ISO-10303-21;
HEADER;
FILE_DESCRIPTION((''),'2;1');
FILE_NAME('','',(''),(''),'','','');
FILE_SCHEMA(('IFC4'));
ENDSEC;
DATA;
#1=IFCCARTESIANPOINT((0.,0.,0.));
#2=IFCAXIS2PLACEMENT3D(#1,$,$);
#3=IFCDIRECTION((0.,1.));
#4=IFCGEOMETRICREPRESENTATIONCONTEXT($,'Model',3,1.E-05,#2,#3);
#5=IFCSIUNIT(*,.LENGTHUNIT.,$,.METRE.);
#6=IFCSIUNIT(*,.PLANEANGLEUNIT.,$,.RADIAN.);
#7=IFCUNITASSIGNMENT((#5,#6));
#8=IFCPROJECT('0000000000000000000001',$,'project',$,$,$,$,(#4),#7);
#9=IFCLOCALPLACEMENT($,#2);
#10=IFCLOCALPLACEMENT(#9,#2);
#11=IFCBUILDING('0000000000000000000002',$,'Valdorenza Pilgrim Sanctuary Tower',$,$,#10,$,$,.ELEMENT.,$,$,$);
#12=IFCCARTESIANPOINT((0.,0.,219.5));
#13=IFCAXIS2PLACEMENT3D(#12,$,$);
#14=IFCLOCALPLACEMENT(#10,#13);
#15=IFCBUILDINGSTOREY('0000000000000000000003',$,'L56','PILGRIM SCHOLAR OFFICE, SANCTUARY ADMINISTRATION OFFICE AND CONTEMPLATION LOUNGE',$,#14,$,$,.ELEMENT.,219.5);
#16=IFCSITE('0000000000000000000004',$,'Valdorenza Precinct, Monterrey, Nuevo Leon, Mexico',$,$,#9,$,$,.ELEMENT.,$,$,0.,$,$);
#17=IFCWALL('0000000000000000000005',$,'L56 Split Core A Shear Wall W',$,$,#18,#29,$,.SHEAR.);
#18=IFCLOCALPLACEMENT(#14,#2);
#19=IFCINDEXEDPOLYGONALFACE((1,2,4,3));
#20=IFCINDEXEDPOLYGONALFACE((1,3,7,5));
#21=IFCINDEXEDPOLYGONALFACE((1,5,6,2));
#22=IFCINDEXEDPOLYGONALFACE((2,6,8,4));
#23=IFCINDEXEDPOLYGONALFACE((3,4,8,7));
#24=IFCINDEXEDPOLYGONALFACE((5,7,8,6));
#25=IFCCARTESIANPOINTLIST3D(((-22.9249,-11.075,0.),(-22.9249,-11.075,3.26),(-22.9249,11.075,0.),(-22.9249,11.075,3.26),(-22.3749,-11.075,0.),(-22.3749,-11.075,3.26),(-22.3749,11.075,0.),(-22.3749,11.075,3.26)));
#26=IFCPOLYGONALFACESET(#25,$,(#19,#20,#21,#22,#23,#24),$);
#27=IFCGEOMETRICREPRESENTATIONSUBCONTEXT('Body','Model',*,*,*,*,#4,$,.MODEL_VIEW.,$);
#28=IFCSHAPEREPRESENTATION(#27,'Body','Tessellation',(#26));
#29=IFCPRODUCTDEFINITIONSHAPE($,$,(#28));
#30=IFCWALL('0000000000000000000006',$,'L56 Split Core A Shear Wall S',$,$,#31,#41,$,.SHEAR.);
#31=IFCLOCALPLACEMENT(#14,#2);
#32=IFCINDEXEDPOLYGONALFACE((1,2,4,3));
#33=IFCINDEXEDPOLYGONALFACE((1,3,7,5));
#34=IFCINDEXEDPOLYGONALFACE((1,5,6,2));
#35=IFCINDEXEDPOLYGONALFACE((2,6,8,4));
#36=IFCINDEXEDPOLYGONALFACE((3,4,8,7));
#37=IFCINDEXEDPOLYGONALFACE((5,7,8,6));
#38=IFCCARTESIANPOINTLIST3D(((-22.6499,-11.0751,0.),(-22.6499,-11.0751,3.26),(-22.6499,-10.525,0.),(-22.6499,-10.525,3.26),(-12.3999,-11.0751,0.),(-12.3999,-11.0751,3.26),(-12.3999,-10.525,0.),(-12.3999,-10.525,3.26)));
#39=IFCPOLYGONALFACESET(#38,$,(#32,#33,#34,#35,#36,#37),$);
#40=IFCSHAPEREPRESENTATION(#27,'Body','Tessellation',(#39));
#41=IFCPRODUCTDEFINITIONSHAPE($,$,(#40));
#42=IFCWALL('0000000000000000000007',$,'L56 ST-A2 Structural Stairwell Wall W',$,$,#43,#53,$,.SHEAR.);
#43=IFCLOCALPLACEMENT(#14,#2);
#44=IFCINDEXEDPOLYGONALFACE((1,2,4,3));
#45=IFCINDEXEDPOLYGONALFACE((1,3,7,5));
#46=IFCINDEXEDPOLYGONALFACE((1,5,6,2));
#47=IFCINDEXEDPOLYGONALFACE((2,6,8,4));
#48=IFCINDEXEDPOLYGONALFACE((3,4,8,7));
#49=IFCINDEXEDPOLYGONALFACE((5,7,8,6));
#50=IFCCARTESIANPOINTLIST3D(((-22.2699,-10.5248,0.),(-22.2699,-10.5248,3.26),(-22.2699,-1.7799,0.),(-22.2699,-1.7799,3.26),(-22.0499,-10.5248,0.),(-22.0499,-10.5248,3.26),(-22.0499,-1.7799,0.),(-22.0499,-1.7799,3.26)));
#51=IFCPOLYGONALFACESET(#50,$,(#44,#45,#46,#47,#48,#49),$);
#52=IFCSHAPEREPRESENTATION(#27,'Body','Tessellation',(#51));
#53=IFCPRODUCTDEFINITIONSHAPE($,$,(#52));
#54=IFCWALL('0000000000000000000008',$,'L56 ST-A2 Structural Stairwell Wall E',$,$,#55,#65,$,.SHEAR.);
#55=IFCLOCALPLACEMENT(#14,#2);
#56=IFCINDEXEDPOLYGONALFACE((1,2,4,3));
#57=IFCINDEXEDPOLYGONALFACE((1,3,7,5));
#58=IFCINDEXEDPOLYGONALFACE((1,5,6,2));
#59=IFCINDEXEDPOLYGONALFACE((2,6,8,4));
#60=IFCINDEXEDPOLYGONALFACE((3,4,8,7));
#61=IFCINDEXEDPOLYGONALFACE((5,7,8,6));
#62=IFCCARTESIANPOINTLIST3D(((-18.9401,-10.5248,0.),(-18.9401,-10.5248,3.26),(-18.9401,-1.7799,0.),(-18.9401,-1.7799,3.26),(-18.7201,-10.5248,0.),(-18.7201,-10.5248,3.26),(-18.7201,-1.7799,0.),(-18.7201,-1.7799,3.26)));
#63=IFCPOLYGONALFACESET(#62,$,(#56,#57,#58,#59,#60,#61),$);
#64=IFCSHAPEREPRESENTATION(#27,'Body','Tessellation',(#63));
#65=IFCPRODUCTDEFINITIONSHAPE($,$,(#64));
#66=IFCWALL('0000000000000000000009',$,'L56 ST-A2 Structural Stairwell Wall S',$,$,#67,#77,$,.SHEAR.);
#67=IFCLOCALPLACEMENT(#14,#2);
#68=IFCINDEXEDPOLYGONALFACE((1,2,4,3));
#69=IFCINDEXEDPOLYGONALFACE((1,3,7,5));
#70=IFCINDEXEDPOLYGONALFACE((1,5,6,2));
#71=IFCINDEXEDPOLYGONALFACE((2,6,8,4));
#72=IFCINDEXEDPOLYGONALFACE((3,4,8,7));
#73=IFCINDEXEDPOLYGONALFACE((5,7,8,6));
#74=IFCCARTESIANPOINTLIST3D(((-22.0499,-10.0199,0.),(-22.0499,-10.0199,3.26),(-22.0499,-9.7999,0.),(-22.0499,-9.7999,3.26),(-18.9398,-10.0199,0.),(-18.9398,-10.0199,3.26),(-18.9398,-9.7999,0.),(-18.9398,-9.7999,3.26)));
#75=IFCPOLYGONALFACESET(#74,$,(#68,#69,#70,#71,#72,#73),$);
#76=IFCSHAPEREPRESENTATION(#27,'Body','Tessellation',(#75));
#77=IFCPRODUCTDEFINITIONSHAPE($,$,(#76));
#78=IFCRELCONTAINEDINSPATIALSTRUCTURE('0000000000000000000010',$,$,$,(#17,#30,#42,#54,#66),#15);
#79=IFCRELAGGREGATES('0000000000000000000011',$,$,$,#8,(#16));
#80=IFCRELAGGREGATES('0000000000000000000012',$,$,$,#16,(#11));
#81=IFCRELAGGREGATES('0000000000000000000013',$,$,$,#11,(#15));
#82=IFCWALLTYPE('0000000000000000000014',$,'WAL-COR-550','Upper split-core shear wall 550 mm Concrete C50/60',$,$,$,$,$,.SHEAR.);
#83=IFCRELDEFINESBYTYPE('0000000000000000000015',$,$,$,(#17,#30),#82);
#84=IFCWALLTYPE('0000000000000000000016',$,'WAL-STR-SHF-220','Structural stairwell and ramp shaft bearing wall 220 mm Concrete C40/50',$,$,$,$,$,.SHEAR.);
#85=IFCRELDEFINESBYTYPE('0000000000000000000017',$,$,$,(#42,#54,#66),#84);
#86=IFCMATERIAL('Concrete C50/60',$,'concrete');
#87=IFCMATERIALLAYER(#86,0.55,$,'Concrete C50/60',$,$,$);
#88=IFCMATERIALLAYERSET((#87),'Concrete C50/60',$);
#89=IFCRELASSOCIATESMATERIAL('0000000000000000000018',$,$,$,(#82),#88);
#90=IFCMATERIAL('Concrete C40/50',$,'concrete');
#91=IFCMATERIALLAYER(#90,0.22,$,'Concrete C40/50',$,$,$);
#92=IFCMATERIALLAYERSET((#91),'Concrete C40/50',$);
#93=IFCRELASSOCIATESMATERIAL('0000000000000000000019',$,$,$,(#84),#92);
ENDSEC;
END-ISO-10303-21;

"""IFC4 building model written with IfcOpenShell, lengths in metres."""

from ifc_helpers import new_model, si_unit, direction, frame, frame_2d, origin, place, context, subcontext, project, spatial, rectangle, extrude, material, layer, layer_set, type_object, element, save


model = new_model("IFC4")

# Units and contexts
model_context = context("Model", 3, precision=1e-05, world=origin(), true_north=direction((0.0, 1.0)))
body_context = subcontext(model_context, "Body", "Model", "MODEL_VIEW")
ifc_project = project(units=[si_unit("LENGTHUNIT", "METRE"), si_unit("PLANEANGLEUNIT", "RADIAN")], contexts=[model_context])

# Site, building, storey
site_placement = place(None, origin())
site = spatial("IfcSite", under=ifc_project, at=site_placement, Name="Valdorenza Precinct, Monterrey, Nuevo Leon, Mexico", CompositionType="ELEMENT", RefElevation=0.0)
building_placement = place(site_placement, origin())
building = spatial("IfcBuilding", under=site, at=building_placement, Name="Valdorenza Pilgrim Sanctuary Tower", CompositionType="ELEMENT")
storey_placement = place(building_placement, frame((0.0, 0.0, 219.5)))
storey = spatial("IfcBuildingStorey", under=building, at=storey_placement, Name="L56", Description="PILGRIM SCHOLAR OFFICE, SANCTUARY ADMINISTRATION OFFICE AND CONTEMPLATION LOUNGE", CompositionType="ELEMENT", Elevation=219.5)

# Shared definitions
ifc_material_1 = material(Name="Concrete C50/60", Category="concrete")

# Walls
ifc_layer_1 = layer(ifc_material_1, 0.55, Name="Concrete C50/60")
ifc_layer_set_1 = layer_set([ifc_layer_1], Name="Concrete C50/60")
wall_type_1 = type_object("IfcWallType", Name="WAL-COR-550", Description="Upper split-core shear wall 550 mm Concrete C50/60", PredefinedType="SHEAR", material=ifc_layer_set_1)
wall_1_placement = place(storey_placement, frame((-22.6499, -11.075, 0.0), z_axis=(0.0, 0.0, 1.0), x_axis=(0.0, 1.0, 0.0)))
element("IfcWall", 1, at=wall_1_placement, inside=storey, type_object=wall_type_1, Name="L56 Split Core A Shear Wall W", PredefinedType="SHEAR", context=body_context, shape_type="SweptSolid", body=[
    extrude(rectangle(XDim=22.1499, YDim=0.55, at=frame_2d((11.075, 0.0))), origin(), (0.0, 0.0, 1.0), 3.26),
])
wall_2_placement = place(storey_placement, frame((-22.6499, -10.8, 0.0), z_axis=(0.0, 0.0, 1.0), x_axis=(1.0, 0.0, 0.0)))
element("IfcWall", 2, at=wall_2_placement, inside=storey, type_object=wall_type_1, Name="L56 Split Core A Shear Wall S", PredefinedType="SHEAR", context=body_context, shape_type="SweptSolid", body=[
    extrude(rectangle(XDim=10.25, YDim=0.55, at=frame_2d((5.125, 0.0))), origin(), (0.0, 0.0, 1.0), 3.26),
])
ifc_material_2 = material(Name="Concrete C40/50", Category="concrete")
ifc_layer_2 = layer(ifc_material_2, 0.22, Name="Concrete C40/50")
ifc_layer_set_2 = layer_set([ifc_layer_2], Name="Concrete C40/50")
wall_type_2 = type_object("IfcWallType", Name="WAL-STR-SHF-220", Description="Structural stairwell and ramp shaft bearing wall 220 mm Concrete C40/50", PredefinedType="SHEAR", material=ifc_layer_set_2)
for number, where, z_axis, x_axis, name in (
    (3, (-22.1599, -10.5249, 0.0), (0.0, 0.0, 1.0), (0.0, 1.0, 0.0), "L56 ST-A2 Structural Stairwell Wall W"),
    (4, (-18.8301, -10.5249, 0.0), (0.0, 0.0, 1.0), (0.0, 1.0, 0.0), "L56 ST-A2 Structural Stairwell Wall E"),
):
    element("IfcWall", number, at=place(storey_placement, frame(where, z_axis=z_axis, x_axis=x_axis)), inside=storey, type_object=wall_type_2, Name=name, PredefinedType="SHEAR", context=body_context, shape_type="SweptSolid", body=[
        extrude(rectangle(XDim=8.7449, YDim=0.22, at=frame_2d((4.3726, 0.0))), origin(), (0.0, 0.0, 1.0), 3.26),
    ])
wall_3_placement = place(storey_placement, frame((-22.05, -9.9099, 0.0), z_axis=(0.0, 0.0, 1.0), x_axis=(1.0, 0.0, 0.0)))
element("IfcWall", 5, at=wall_3_placement, inside=storey, type_object=wall_type_2, Name="L56 ST-A2 Structural Stairwell Wall S", PredefinedType="SHEAR", context=body_context, shape_type="SweptSolid", body=[
    extrude(rectangle(XDim=3.1101, YDim=0.22, at=frame_2d((1.5552, 0.0))), origin(), (0.0, 0.0, 1.0), 3.26),
])

save(model, "model.ifc")
